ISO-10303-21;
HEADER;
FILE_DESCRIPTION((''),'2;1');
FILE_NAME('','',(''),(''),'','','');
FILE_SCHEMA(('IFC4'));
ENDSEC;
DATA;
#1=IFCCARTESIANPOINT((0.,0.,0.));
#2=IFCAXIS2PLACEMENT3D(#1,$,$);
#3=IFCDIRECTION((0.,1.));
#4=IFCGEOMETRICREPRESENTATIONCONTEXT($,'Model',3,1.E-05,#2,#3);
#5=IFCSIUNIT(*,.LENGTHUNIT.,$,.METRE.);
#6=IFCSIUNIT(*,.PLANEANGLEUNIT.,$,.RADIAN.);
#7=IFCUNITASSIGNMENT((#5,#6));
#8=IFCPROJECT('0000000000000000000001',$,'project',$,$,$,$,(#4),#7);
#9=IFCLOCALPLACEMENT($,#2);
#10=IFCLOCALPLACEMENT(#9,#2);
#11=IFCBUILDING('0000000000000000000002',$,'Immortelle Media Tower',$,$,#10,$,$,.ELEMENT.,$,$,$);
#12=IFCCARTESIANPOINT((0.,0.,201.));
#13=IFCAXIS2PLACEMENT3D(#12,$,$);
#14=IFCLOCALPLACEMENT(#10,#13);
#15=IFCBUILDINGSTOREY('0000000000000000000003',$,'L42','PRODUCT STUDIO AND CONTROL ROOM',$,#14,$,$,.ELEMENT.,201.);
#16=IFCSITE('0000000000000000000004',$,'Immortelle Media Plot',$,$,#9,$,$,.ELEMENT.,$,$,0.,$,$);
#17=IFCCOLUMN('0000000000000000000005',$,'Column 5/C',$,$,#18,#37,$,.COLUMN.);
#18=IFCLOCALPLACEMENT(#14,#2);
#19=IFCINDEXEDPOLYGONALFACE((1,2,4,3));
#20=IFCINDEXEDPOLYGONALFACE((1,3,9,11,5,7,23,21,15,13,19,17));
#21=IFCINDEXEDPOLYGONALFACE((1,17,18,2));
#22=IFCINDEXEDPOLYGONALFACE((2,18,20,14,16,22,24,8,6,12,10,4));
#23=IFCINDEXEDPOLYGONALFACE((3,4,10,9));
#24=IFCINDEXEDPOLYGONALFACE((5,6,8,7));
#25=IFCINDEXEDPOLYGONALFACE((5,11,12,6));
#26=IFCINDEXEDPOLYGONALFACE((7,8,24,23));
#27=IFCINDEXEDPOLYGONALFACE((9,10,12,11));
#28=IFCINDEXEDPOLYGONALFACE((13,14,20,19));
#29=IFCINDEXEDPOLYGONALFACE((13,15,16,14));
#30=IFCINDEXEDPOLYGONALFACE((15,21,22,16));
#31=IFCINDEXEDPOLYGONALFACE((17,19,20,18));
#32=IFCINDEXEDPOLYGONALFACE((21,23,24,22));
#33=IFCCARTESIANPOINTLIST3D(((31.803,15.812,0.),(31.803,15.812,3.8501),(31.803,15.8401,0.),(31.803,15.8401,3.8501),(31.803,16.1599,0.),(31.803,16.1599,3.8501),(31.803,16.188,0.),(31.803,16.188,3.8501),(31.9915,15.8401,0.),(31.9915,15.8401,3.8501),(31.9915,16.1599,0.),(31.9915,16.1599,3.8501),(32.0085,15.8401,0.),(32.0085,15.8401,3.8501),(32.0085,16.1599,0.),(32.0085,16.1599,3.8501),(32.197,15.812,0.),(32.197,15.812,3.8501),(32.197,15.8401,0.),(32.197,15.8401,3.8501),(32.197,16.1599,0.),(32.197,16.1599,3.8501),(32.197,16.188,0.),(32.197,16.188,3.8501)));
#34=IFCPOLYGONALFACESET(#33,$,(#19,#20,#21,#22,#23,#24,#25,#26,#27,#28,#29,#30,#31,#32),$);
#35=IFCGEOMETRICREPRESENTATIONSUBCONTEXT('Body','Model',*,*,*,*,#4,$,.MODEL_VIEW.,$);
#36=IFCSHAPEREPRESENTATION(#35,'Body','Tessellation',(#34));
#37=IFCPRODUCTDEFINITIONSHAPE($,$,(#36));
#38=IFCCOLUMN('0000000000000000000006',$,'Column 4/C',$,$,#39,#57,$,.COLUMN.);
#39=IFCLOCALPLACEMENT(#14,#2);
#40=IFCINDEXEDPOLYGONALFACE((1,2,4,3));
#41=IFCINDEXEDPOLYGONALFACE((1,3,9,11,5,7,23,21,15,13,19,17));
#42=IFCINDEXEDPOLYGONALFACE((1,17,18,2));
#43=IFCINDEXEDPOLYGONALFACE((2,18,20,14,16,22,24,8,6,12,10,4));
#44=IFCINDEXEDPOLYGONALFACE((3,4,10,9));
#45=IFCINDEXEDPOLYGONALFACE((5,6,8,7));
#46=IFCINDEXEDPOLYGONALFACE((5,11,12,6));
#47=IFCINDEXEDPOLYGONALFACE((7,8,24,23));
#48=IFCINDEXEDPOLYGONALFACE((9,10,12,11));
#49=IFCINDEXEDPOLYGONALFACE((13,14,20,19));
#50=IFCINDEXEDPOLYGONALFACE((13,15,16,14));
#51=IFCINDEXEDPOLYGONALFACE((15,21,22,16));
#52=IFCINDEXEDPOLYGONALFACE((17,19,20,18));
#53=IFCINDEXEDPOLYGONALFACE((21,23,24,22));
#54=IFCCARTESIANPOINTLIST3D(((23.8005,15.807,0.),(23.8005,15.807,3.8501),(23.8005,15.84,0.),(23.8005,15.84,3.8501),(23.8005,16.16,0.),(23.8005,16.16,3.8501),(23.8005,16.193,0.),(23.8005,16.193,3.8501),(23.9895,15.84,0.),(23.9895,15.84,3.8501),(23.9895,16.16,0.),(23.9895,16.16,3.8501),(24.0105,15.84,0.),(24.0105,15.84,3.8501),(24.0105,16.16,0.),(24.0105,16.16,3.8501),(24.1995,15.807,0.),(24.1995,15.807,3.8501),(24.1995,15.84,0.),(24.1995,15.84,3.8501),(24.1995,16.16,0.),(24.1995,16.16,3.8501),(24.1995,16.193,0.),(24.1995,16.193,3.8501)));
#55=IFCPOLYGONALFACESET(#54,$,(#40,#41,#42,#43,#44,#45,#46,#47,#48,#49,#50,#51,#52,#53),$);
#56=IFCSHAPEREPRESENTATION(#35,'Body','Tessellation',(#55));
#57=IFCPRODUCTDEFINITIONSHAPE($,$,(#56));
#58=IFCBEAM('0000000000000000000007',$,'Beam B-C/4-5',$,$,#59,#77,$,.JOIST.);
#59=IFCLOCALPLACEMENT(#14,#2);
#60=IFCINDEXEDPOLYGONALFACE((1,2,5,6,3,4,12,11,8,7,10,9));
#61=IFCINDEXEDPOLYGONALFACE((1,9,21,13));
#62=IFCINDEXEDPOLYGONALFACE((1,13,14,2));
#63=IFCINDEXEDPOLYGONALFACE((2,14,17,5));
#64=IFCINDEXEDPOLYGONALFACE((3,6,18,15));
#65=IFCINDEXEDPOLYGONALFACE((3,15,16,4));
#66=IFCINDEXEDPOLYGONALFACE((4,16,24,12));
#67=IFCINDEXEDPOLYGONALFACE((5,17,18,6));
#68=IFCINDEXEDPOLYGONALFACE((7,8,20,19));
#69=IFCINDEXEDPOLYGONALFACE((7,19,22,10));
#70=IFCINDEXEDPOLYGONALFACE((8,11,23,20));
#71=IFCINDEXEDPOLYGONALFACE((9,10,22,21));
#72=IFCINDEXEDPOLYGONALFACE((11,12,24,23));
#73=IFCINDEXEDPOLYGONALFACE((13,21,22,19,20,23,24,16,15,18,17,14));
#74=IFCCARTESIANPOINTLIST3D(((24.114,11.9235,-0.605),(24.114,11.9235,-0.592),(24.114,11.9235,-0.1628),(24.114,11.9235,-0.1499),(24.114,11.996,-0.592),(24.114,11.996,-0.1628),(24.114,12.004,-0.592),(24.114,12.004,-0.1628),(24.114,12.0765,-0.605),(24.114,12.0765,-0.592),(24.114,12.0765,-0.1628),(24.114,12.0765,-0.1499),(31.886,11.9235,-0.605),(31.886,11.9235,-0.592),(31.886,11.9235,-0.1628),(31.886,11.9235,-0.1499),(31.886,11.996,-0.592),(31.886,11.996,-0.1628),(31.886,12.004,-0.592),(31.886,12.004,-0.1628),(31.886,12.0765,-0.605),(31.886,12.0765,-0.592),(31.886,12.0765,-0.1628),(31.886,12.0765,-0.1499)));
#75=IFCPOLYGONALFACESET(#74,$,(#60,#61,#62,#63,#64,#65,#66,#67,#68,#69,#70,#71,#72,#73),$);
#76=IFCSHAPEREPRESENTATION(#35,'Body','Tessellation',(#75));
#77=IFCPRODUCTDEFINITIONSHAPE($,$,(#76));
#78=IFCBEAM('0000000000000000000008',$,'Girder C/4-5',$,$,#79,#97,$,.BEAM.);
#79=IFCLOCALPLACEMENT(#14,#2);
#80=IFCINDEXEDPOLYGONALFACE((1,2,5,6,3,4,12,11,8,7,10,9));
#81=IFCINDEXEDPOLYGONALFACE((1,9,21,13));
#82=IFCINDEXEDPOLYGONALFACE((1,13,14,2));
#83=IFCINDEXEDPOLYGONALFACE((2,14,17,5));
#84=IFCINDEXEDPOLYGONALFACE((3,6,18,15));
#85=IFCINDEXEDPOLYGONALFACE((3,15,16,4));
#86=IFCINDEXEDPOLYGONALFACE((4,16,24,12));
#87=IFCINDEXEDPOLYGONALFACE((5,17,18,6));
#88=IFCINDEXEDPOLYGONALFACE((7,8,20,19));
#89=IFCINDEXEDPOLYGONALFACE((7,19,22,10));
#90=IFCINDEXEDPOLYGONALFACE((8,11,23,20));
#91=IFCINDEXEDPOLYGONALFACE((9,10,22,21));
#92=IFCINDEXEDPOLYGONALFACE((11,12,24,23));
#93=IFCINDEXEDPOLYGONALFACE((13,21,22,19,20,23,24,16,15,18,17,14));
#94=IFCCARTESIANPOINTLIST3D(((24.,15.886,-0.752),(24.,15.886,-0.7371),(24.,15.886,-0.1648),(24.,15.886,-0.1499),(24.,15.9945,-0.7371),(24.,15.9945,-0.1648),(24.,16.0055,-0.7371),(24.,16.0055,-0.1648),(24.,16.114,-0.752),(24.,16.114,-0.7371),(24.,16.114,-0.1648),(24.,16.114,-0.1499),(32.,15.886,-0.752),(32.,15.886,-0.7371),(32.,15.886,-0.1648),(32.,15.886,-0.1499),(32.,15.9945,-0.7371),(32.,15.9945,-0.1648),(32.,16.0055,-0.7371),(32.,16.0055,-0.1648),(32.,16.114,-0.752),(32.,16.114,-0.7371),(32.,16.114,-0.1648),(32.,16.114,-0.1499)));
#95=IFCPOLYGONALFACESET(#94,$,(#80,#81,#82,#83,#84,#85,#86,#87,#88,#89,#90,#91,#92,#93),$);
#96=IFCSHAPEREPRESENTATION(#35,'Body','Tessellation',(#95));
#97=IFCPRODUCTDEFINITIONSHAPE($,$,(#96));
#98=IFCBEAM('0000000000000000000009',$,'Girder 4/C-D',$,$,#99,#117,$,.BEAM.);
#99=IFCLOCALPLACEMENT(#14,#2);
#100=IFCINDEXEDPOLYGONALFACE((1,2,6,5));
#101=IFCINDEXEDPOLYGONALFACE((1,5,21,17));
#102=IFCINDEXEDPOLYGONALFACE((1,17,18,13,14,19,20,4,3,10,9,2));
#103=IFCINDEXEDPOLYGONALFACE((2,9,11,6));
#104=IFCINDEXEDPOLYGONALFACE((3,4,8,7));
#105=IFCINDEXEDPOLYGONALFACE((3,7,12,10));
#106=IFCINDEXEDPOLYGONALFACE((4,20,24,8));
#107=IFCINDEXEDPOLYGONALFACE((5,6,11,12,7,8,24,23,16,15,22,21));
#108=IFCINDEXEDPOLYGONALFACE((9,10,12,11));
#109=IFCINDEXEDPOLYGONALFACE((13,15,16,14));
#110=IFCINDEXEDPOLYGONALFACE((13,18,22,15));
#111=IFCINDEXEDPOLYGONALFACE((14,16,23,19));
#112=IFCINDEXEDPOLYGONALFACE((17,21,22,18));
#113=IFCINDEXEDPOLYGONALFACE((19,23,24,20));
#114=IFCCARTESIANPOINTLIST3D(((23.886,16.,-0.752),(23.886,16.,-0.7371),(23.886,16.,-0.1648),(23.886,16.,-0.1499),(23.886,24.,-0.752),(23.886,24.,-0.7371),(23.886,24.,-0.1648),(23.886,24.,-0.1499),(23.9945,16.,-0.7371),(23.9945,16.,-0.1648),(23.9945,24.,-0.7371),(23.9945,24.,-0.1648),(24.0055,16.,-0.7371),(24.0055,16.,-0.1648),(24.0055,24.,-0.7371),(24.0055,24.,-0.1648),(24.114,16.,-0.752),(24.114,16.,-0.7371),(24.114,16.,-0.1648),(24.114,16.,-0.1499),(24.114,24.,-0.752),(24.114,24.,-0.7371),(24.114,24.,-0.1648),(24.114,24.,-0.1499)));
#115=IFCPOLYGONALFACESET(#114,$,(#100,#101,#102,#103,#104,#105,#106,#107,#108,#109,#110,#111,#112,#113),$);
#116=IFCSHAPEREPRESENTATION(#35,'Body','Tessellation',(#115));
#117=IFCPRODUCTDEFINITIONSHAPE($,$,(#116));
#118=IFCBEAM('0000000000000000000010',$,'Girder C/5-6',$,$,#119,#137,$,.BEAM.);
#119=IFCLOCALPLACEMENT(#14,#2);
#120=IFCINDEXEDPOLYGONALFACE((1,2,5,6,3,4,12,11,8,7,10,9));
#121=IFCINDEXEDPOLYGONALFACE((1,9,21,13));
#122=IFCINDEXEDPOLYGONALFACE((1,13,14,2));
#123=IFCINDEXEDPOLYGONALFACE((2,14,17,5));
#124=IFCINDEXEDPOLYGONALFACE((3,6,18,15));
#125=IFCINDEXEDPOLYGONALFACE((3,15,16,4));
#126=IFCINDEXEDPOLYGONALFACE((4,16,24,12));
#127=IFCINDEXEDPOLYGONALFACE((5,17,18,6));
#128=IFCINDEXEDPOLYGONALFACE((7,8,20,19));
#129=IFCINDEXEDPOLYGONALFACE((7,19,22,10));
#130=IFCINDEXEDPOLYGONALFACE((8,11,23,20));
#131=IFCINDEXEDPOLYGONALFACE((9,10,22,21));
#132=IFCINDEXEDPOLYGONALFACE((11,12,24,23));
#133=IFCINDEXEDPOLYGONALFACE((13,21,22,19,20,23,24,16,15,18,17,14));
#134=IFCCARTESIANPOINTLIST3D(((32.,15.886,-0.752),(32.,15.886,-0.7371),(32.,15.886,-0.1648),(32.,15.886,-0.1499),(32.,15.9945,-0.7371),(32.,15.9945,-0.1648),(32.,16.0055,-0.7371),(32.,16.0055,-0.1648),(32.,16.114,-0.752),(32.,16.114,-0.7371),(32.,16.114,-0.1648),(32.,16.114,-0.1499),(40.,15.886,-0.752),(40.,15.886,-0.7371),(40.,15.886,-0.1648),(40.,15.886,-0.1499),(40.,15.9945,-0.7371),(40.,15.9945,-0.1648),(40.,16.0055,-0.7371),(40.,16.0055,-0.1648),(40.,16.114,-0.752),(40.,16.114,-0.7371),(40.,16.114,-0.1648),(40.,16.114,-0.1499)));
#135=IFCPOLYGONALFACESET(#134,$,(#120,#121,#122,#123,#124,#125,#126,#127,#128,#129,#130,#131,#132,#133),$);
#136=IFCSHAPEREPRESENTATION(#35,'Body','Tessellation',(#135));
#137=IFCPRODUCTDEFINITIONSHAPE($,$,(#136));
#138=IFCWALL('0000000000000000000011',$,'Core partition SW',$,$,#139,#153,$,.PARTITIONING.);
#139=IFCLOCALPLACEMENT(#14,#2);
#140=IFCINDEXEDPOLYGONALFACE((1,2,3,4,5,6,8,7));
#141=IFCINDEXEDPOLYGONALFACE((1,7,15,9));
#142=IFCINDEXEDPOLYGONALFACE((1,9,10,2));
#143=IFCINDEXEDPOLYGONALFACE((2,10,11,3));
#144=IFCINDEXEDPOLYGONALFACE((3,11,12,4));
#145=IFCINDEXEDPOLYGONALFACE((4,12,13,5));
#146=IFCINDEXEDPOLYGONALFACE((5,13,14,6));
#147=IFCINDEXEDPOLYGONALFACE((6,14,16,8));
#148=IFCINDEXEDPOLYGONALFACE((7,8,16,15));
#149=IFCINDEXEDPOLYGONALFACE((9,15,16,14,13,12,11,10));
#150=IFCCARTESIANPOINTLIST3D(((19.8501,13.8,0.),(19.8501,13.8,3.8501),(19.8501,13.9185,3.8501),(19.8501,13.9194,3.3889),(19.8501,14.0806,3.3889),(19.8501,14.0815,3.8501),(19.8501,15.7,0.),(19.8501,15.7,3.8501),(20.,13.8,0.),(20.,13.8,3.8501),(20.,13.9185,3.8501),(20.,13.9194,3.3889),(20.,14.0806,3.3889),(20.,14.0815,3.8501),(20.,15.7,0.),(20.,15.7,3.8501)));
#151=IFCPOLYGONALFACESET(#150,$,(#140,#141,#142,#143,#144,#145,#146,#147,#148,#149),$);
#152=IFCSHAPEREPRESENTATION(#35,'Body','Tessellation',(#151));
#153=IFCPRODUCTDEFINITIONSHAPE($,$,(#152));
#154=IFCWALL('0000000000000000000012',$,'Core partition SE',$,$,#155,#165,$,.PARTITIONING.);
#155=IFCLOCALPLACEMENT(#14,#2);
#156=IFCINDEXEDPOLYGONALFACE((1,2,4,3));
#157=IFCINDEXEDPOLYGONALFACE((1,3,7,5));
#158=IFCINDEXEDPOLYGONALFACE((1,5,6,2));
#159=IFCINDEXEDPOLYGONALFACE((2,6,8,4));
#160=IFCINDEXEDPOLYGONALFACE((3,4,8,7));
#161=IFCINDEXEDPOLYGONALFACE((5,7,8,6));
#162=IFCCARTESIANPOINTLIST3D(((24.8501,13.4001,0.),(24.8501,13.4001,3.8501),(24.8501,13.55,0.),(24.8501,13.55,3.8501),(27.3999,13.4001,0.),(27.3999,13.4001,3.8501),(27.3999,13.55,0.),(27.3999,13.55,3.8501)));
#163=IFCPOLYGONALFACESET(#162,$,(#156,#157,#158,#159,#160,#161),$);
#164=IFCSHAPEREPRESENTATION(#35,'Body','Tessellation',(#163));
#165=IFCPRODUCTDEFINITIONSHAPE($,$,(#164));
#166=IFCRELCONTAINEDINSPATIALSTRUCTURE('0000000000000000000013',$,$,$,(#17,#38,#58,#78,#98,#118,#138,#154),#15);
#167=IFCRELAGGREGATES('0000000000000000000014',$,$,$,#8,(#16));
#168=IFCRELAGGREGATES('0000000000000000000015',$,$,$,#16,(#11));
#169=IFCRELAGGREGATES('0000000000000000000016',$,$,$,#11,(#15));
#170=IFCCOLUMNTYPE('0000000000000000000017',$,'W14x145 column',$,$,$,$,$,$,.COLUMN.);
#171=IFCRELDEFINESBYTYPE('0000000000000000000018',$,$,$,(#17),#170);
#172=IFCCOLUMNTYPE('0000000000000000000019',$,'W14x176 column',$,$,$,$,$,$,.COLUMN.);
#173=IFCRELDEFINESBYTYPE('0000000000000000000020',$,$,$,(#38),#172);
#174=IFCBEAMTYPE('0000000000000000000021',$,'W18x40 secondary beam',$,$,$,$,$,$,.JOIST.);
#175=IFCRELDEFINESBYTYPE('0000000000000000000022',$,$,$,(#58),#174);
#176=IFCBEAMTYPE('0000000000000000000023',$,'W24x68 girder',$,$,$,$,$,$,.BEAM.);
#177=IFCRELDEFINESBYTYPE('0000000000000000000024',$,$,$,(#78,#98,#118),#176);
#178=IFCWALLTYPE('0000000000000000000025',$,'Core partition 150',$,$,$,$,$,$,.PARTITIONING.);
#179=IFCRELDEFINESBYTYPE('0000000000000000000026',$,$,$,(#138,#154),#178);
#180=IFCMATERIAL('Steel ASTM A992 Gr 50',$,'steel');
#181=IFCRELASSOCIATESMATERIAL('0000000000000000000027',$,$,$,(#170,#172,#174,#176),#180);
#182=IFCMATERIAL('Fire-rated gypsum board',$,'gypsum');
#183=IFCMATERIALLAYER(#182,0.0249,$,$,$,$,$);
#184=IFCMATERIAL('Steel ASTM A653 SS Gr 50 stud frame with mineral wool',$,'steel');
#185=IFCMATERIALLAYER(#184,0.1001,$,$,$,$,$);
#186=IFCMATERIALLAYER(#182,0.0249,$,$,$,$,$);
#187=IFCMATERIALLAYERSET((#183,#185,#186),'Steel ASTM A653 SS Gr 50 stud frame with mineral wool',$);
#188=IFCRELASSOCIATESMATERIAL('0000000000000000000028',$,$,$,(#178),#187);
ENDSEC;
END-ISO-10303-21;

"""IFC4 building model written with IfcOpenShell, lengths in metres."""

from ifc_helpers import new_model, si_unit, direction, frame, frame_2d, origin, origin_2d, place, context, subcontext, project, spatial, polyline, rectangle, i_section, outline, extrude, material, layer, layer_set, material_profile, profile_set, type_object, element, save


model = new_model("IFC4")

# Units and contexts
model_context = context("Model", 3, precision=1e-05, world=origin(), true_north=direction((0.0, 1.0)))
body_context = subcontext(model_context, "Body", "Model", "MODEL_VIEW")
ifc_project = project(units=[si_unit("LENGTHUNIT", "METRE"), si_unit("PLANEANGLEUNIT", "RADIAN")], contexts=[model_context])

# Site, building, storey
site_placement = place(None, origin())
site = spatial("IfcSite", under=ifc_project, at=site_placement, Name="Immortelle Media Plot", CompositionType="ELEMENT", RefElevation=0.0)
building_placement = place(site_placement, origin())
building = spatial("IfcBuilding", under=site, at=building_placement, Name="Immortelle Media Tower", CompositionType="ELEMENT")
storey_placement = place(building_placement, frame((0.0, 0.0, 201.0)))
storey = spatial("IfcBuildingStorey", under=building, at=storey_placement, Name="L42", Description="PRODUCT STUDIO AND CONTROL ROOM", CompositionType="ELEMENT", Elevation=201.0)

# Columns
ifc_material_1 = material(Name="Steel ASTM A992 Gr 50", Category="steel")
ifc_material_profile_1 = material_profile(ifc_material_1, i_section(OverallWidth=0.394, OverallDepth=0.376, WebThickness=0.0171, FlangeThickness=0.0281, at=origin_2d()), Name="W14x145")
ifc_profile_set_1 = profile_set([ifc_material_profile_1], Name="Steel ASTM A992 Gr 50")
column_type_1 = type_object("IfcColumnType", Name="W14x145 column", PredefinedType="COLUMN", material=ifc_profile_set_1)
column_1_placement = place(storey_placement, frame((32.0, 16.0, 0.0), z_axis=(0.0, 0.0, 1.0), x_axis=(1.0, 0.0, 0.0)))
element("IfcColumn", 1, at=column_1_placement, inside=storey, type_object=column_type_1, Name="Column 5/C", PredefinedType="COLUMN", context=body_context, shape_type="SweptSolid", body=[
    extrude(i_section(OverallWidth=0.394, OverallDepth=0.376, WebThickness=0.0171, FlangeThickness=0.0281, at=origin_2d()), origin(), (0.0, 0.0, 1.0), 3.8501),
])
ifc_material_profile_2 = material_profile(ifc_material_1, i_section(OverallWidth=0.3989, OverallDepth=0.386, WebThickness=0.021, FlangeThickness=0.033, at=origin_2d()), Name="W14x176")
ifc_profile_set_2 = profile_set([ifc_material_profile_2], Name="Steel ASTM A992 Gr 50")
column_type_2 = type_object("IfcColumnType", Name="W14x176 column", PredefinedType="COLUMN", material=ifc_profile_set_2)
column_2_placement = place(storey_placement, frame((24.0, 16.0, 0.0), z_axis=(0.0, 0.0, 1.0), x_axis=(1.0, 0.0, 0.0)))
element("IfcColumn", 2, at=column_2_placement, inside=storey, type_object=column_type_2, Name="Column 4/C", PredefinedType="COLUMN", context=body_context, shape_type="SweptSolid", body=[
    extrude(i_section(OverallWidth=0.3989, OverallDepth=0.386, WebThickness=0.021, FlangeThickness=0.033, at=origin_2d()), origin(), (0.0, 0.0, 1.0), 3.8501),
])

# Beams
ifc_material_profile_3 = material_profile(ifc_material_1, i_section(OverallWidth=0.1531, OverallDepth=0.4551, WebThickness=0.0081, FlangeThickness=0.0129, at=origin_2d()), Name="W18x40")
ifc_profile_set_3 = profile_set([ifc_material_profile_3], Name="Steel ASTM A992 Gr 50")
beam_type_1 = type_object("IfcBeamType", Name="W18x40 secondary beam", PredefinedType="JOIST", material=ifc_profile_set_3)
beam_placement = place(storey_placement, frame((24.114, 12.0, -0.3774), z_axis=(1.0, 0.0, 0.0), x_axis=(0.0, 1.0, 0.0)))
element("IfcBeam", 3, at=beam_placement, inside=storey, type_object=beam_type_1, Name="Beam B-C/4-5", PredefinedType="JOIST", context=body_context, shape_type="SweptSolid", body=[
    extrude(i_section(OverallWidth=0.1531, OverallDepth=0.4551, WebThickness=0.0081, FlangeThickness=0.0129, at=origin_2d()), origin(), (0.0, 0.0, 1.0), 7.772),
])
ifc_material_profile_4 = material_profile(ifc_material_1, i_section(OverallWidth=0.228, OverallDepth=0.6021, WebThickness=0.011, FlangeThickness=0.0149, at=origin_2d()), Name="W24x68")
ifc_profile_set_4 = profile_set([ifc_material_profile_4], Name="Steel ASTM A992 Gr 50")
beam_type_2 = type_object("IfcBeamType", Name="W24x68 girder", PredefinedType="BEAM", material=ifc_profile_set_4)
for number, where, z_axis, x_axis, name in (
    (4, (24.0, 16.0, -0.4509), (1.0, 0.0, 0.0), (0.0, 1.0, 0.0), "Girder C/4-5"),
    (5, (24.0, 16.0, -0.4509), (0.0, 1.0, 0.0), (-1.0, 0.0, 0.0), "Girder 4/C-D"),
    (6, (32.0, 16.0, -0.4509), (1.0, 0.0, 0.0), (0.0, 1.0, 0.0), "Girder C/5-6"),
):
    element("IfcBeam", number, at=place(storey_placement, frame(where, z_axis=z_axis, x_axis=x_axis)), inside=storey, type_object=beam_type_2, Name=name, PredefinedType="BEAM", context=body_context, shape_type="SweptSolid", body=[
        extrude(i_section(OverallWidth=0.228, OverallDepth=0.6021, WebThickness=0.011, FlangeThickness=0.0149, at=origin_2d()), origin(), (0.0, 0.0, 1.0), 8.0),
    ])

# Walls
ifc_material_2 = material(Name="Fire-rated gypsum board", Category="gypsum")
ifc_layer_1 = layer(ifc_material_2, 0.0249)
ifc_material_3 = material(Name="Steel ASTM A653 SS Gr 50 stud frame with mineral wool", Category="steel")
ifc_layer_2 = layer(ifc_material_3, 0.1001)
ifc_layer_3 = layer(ifc_material_2, 0.0249)
ifc_layer_set_1 = layer_set([ifc_layer_1, ifc_layer_2, ifc_layer_3], Name="Steel ASTM A653 SS Gr 50 stud frame with mineral wool")
wall_type_1 = type_object("IfcWallType", Name="Core partition 150", PredefinedType="PARTITIONING", material=ifc_layer_set_1)
wall_1_placement = place(storey_placement, frame((19.925, 13.8, 0.0), z_axis=(0.0, 0.0, 1.0), x_axis=(0.0, 1.0, 0.0)))
element("IfcWall", 7, at=wall_1_placement, inside=storey, type_object=wall_type_1, Name="Core partition SW", PredefinedType="PARTITIONING", context=body_context, shape_type="SweptSolid", body=[
    extrude(outline(polyline([(0.0, 0.0), (1.8999, 0.0), (1.8999, 3.8501), (0.2815, 3.8501), (0.2805, 3.3889), (0.1194, 3.3889), (0.1184, 3.8501), (0.0, 3.8501), (0.0, 0.0)])), frame((0.0, 0.075, 0.0), z_axis=(0.0, -1.0, 0.0), x_axis=(1.0, 0.0, 0.0)), (0.0, 0.0, 1.0), 0.1499),
])
wall_2_placement = place(storey_placement, frame((24.8501, 13.4751, 0.0), z_axis=(0.0, 0.0, 1.0), x_axis=(1.0, 0.0, 0.0)))
element("IfcWall", 8, at=wall_2_placement, inside=storey, type_object=wall_type_1, Name="Core partition SE", PredefinedType="PARTITIONING", context=body_context, shape_type="SweptSolid", body=[
    extrude(rectangle(XDim=2.5498, YDim=0.1499, at=frame_2d((1.2749, 0.0))), origin(), (0.0, 0.0, 1.0), 3.8501),
])

save(model, "model.ifc")
